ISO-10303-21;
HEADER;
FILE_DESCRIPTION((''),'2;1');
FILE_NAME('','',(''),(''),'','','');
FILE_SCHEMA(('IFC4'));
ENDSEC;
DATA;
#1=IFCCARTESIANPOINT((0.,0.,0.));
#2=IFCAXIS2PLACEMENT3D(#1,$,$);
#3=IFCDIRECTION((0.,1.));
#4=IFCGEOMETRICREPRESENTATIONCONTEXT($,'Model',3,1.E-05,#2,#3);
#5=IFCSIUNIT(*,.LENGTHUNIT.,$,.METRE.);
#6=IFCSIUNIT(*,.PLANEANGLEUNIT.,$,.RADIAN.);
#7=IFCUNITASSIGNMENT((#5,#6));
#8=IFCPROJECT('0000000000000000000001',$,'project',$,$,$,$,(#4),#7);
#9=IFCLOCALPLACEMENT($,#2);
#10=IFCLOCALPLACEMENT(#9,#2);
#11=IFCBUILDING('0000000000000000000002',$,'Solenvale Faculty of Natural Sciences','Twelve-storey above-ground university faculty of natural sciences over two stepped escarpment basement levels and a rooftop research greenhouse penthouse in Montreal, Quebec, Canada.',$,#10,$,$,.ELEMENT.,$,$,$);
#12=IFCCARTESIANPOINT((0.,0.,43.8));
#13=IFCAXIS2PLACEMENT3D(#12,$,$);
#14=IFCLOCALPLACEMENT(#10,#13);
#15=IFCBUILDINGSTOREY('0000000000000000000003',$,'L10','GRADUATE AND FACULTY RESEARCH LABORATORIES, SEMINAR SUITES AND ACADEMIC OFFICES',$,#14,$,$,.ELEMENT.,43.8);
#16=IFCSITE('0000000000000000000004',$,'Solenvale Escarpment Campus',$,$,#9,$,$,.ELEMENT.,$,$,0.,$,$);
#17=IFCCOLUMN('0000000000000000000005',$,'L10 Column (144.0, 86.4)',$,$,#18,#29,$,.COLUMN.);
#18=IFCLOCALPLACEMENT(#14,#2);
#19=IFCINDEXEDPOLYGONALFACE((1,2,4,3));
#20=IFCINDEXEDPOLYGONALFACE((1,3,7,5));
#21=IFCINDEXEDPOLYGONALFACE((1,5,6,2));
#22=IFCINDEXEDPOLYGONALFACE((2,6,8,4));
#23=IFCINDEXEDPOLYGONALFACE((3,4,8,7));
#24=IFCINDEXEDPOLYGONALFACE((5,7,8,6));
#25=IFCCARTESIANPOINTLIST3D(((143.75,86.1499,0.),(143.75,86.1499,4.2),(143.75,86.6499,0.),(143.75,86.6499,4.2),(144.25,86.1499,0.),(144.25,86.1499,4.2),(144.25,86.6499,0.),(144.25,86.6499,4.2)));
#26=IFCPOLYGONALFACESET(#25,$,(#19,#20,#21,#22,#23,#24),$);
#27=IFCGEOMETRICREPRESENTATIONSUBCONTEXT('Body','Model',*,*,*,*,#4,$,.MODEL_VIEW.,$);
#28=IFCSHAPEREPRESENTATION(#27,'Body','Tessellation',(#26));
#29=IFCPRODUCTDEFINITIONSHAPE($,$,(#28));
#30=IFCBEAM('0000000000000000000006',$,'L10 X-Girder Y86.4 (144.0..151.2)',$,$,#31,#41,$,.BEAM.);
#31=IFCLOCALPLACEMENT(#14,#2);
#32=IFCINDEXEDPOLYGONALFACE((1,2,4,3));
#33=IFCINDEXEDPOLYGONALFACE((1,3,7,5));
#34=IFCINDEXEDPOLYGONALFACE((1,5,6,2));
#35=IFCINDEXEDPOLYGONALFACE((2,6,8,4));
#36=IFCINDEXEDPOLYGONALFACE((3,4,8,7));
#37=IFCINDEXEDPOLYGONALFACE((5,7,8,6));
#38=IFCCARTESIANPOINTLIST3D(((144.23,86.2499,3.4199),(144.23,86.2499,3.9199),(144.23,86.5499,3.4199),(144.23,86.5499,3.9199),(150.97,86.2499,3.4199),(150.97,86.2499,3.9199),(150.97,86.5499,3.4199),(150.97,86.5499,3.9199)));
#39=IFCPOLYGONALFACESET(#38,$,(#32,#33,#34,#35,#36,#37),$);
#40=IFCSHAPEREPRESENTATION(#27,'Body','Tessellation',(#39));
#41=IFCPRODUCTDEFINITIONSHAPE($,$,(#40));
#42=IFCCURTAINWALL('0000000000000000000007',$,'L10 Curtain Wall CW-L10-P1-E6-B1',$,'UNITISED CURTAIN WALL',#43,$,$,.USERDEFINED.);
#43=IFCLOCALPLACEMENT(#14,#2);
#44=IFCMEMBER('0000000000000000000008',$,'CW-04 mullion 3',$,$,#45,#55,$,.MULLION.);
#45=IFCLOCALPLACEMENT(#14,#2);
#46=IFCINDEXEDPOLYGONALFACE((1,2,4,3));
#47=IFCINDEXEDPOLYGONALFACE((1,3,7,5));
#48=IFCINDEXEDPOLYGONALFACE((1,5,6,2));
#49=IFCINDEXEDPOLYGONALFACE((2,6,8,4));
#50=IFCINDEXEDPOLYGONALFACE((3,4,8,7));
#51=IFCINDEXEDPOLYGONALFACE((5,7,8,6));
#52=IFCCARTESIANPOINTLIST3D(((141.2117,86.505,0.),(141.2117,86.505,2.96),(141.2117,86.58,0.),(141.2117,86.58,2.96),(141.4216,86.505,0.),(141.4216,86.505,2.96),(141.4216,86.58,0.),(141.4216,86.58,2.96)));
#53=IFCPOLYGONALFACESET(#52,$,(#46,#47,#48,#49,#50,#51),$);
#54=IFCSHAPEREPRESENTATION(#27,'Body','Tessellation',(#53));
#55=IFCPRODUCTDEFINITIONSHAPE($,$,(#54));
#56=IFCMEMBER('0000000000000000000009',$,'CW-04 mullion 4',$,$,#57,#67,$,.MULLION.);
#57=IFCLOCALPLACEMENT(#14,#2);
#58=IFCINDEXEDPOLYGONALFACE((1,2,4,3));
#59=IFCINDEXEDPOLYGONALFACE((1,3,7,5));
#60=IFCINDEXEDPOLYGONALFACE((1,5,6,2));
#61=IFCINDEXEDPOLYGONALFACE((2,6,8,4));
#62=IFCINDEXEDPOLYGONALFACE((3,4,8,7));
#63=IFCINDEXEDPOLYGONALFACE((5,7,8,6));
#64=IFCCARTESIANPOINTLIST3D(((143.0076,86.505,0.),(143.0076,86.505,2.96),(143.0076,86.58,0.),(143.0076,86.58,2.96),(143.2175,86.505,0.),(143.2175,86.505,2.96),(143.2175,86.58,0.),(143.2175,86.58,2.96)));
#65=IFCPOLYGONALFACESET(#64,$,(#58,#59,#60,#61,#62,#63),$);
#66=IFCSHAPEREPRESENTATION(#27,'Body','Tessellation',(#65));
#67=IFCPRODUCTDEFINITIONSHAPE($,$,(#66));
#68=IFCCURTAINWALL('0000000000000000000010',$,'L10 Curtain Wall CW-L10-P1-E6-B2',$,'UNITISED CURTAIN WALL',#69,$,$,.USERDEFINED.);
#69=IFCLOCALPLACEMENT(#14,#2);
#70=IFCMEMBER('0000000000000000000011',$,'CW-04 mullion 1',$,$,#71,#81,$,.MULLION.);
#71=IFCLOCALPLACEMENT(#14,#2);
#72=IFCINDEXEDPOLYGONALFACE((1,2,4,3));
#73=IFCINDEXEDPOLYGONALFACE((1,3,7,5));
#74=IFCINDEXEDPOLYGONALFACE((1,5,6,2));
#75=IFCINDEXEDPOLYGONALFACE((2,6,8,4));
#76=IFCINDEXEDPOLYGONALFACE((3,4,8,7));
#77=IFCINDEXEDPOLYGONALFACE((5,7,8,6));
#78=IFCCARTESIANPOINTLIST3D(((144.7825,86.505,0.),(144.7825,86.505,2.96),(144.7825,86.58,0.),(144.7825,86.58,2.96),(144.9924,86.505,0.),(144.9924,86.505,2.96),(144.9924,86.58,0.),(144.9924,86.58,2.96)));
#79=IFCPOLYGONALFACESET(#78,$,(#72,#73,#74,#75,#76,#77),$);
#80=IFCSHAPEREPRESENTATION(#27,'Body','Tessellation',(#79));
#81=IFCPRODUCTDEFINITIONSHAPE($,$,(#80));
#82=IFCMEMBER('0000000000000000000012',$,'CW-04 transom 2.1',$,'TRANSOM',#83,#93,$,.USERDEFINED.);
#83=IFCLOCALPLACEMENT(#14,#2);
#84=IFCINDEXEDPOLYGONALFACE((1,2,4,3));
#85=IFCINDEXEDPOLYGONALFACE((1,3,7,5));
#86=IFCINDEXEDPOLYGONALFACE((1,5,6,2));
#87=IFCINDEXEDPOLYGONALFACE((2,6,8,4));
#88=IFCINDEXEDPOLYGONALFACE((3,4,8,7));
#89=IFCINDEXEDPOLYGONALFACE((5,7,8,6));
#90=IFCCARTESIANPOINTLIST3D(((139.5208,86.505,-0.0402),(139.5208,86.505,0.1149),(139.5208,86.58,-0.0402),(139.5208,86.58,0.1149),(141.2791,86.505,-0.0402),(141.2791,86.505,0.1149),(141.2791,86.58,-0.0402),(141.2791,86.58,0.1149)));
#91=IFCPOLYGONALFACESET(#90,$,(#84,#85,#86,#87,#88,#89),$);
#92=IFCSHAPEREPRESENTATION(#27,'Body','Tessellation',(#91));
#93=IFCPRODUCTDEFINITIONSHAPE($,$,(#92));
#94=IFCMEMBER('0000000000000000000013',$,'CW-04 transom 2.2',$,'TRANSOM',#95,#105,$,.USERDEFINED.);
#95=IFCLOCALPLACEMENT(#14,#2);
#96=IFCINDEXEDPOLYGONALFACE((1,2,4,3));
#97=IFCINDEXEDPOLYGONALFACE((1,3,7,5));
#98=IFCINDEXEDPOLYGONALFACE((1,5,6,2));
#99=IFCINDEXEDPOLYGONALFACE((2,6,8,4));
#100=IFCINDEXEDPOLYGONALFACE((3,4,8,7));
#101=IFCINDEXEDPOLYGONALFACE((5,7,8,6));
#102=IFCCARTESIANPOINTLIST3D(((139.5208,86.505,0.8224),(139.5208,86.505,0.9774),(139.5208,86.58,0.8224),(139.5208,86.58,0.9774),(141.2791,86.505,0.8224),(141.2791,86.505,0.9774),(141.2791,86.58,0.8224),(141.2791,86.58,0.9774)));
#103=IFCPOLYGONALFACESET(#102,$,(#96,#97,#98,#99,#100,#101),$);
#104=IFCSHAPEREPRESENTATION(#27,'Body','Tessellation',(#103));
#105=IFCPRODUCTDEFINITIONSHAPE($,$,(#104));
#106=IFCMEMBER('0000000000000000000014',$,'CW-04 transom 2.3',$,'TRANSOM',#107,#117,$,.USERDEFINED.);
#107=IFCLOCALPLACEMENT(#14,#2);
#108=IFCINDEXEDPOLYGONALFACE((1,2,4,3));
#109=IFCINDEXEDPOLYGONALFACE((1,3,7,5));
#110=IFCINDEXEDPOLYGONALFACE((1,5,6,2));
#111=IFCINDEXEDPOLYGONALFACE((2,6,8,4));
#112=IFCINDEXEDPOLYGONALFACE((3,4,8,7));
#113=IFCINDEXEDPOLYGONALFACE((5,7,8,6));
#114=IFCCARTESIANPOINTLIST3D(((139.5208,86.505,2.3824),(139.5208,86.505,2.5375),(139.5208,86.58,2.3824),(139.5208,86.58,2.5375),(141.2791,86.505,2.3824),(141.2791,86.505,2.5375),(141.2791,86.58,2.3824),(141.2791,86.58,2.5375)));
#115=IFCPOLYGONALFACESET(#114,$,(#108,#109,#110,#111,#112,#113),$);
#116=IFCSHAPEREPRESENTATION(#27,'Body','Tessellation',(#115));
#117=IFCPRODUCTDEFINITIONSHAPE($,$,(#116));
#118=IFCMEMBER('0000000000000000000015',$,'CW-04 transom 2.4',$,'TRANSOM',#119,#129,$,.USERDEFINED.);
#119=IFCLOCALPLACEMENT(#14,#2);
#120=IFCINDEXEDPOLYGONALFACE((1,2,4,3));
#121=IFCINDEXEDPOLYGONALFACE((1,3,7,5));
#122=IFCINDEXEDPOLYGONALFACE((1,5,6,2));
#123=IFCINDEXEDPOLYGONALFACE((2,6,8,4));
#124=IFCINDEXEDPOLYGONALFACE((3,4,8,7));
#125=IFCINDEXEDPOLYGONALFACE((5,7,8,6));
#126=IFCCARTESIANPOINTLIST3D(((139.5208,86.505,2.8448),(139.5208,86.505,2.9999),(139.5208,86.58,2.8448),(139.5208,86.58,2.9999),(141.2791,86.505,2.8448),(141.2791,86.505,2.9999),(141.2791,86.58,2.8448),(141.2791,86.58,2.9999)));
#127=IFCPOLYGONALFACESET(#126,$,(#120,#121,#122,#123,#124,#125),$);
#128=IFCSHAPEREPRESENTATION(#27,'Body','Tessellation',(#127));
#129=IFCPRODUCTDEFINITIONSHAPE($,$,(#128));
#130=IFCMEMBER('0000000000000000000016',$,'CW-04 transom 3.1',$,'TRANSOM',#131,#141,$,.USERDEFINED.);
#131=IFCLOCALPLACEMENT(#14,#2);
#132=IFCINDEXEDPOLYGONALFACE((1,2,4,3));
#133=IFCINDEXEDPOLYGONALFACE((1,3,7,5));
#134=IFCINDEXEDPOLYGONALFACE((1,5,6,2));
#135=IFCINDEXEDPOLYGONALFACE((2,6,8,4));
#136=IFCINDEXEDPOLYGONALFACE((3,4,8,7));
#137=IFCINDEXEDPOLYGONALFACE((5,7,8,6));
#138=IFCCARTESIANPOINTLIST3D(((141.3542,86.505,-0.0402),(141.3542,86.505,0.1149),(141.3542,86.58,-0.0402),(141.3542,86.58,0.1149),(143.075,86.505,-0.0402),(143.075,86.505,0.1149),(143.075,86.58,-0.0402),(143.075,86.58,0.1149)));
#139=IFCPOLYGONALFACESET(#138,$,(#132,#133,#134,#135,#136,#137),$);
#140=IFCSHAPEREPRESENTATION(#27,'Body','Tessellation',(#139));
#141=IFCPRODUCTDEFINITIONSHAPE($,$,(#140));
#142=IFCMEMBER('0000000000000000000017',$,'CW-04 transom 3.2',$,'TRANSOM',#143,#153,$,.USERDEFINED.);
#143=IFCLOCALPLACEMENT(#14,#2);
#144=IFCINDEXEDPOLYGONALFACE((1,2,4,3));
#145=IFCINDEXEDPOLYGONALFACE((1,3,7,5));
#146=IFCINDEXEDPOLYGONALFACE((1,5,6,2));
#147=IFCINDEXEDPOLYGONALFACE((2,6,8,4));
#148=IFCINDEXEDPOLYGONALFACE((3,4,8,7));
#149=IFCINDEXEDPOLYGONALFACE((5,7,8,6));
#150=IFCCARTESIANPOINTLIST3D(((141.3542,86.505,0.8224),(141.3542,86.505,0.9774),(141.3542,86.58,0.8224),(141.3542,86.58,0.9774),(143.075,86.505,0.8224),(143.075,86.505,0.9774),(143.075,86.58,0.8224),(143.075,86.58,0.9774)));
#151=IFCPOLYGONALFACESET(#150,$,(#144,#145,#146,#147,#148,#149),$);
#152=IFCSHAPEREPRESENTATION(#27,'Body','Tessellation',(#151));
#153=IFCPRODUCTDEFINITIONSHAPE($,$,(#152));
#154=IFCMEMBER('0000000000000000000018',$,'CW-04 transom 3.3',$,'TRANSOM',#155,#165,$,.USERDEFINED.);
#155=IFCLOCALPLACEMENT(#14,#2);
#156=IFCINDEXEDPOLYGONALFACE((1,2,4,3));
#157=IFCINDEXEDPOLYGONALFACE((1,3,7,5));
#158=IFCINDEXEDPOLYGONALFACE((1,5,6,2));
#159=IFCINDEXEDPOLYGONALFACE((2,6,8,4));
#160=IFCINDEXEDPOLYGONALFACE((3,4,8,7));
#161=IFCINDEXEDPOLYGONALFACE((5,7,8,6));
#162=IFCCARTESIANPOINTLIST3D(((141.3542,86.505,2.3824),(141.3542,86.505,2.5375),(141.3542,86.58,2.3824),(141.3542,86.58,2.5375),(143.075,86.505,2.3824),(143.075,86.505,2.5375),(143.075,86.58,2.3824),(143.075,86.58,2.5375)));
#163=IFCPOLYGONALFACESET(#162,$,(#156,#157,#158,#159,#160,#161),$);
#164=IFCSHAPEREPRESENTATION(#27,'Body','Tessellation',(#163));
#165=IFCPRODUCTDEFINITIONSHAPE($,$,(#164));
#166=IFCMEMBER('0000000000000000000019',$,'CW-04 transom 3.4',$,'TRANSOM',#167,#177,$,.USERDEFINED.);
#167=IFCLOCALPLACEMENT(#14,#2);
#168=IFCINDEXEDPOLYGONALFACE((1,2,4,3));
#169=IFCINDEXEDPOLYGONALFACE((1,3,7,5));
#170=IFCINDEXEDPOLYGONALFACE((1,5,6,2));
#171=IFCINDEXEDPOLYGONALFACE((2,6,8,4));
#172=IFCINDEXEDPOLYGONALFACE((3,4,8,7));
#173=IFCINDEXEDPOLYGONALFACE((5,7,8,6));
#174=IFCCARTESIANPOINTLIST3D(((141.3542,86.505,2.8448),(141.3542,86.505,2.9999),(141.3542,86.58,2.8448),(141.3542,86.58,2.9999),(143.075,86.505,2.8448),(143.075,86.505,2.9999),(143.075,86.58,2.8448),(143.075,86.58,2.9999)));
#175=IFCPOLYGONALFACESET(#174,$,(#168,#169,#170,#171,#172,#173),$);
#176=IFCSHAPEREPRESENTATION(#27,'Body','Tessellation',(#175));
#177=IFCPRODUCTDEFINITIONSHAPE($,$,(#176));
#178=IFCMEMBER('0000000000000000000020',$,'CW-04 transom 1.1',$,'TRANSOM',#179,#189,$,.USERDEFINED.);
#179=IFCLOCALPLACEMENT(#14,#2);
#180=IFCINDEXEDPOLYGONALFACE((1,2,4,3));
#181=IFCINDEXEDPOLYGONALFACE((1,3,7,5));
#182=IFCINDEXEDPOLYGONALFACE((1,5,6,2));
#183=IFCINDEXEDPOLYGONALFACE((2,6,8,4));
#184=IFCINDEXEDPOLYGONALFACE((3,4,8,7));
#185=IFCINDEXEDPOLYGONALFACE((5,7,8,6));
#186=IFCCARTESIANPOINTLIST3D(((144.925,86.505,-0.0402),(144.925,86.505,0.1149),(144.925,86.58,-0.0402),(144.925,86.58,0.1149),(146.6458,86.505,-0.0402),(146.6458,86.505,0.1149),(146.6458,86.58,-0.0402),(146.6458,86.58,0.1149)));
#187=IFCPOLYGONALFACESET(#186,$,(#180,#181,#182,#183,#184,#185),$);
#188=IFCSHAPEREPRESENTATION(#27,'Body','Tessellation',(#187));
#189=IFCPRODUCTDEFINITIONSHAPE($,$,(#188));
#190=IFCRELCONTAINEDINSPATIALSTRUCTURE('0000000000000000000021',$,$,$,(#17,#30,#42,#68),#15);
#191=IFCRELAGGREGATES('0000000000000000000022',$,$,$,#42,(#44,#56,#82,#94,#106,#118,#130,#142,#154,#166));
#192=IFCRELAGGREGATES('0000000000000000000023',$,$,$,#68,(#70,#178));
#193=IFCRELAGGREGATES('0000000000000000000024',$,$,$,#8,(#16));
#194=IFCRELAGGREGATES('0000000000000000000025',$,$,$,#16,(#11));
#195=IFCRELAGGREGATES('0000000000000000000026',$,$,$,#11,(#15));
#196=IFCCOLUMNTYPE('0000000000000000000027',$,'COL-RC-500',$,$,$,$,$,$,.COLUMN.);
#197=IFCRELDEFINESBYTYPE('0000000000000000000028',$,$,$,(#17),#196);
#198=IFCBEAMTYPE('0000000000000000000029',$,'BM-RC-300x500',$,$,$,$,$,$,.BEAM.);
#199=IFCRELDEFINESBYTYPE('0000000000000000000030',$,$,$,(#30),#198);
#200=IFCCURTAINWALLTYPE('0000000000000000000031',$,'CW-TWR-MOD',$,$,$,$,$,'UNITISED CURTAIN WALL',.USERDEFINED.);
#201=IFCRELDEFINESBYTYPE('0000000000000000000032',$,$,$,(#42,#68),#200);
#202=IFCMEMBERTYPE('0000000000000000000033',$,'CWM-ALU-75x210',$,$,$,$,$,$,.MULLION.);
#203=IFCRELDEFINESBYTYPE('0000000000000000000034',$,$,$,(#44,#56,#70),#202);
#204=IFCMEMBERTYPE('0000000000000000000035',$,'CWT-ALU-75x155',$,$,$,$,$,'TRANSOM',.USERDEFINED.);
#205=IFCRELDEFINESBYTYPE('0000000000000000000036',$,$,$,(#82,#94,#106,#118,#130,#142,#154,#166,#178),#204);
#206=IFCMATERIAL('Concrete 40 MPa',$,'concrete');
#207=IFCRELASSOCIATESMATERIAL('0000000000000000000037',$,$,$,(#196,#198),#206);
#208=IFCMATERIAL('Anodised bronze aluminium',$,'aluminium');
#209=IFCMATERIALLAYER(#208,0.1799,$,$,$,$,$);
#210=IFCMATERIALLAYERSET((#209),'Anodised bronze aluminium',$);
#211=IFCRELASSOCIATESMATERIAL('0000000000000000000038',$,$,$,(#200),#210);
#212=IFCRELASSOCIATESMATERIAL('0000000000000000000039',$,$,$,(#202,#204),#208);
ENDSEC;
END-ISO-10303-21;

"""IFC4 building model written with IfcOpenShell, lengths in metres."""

from ifc_helpers import new_model, si_unit, direction, frame, origin, origin_2d, place, context, subcontext, project, spatial, rectangle, extrude, material, layer, layer_set, material_profile, profile_set, type_object, element, aggregate, save


model = new_model("IFC4")

# Units and contexts
model_context = context("Model", 3, precision=1e-05, world=origin(), true_north=direction((0.0, 1.0)))
body_context = subcontext(model_context, "Body", "Model", "MODEL_VIEW")
ifc_project = project(units=[si_unit("LENGTHUNIT", "METRE"), si_unit("PLANEANGLEUNIT", "RADIAN")], contexts=[model_context])

# Site, building, storey
site_placement = place(None, origin())
site = spatial("IfcSite", under=ifc_project, at=site_placement, Name="Solenvale Escarpment Campus", CompositionType="ELEMENT", RefElevation=0.0)
building_placement = place(site_placement, origin())
building = spatial("IfcBuilding", under=site, at=building_placement, Name="Solenvale Faculty of Natural Sciences", Description="Twelve-storey above-ground university faculty of natural sciences over two stepped escarpment basement levels and a rooftop research greenhouse penthouse in Montreal, Quebec, Canada.", CompositionType="ELEMENT")
storey_placement = place(building_placement, frame((0.0, 0.0, 43.8)))
storey = spatial("IfcBuildingStorey", under=building, at=storey_placement, Name="L10", Description="GRADUATE AND FACULTY RESEARCH LABORATORIES, SEMINAR SUITES AND ACADEMIC OFFICES", CompositionType="ELEMENT", Elevation=43.8)

# Column
ifc_material_1 = material(Name="Concrete 40 MPa", Category="concrete")
ifc_material_profile_1 = material_profile(ifc_material_1, rectangle(XDim=0.5, YDim=0.5, at=origin_2d()), Name="RC-COL-500x500")
ifc_profile_set_1 = profile_set([ifc_material_profile_1], Name="Concrete 40 MPa")
column_type = type_object("IfcColumnType", Name="COL-RC-500", PredefinedType="COLUMN", material=ifc_profile_set_1)
column_placement = place(storey_placement, frame((144.0, 86.3999, 0.0), z_axis=(0.0, 0.0, 1.0), x_axis=(1.0, 0.0, 0.0)))
element("IfcColumn", 1, at=column_placement, inside=storey, type_object=column_type, Name="L10 Column (144.0, 86.4)", PredefinedType="COLUMN", context=body_context, shape_type="SweptSolid", body=[
    extrude(rectangle(XDim=0.5, YDim=0.5, at=origin_2d()), origin(), (0.0, 0.0, 1.0), 4.2),
])

# Beam
ifc_material_profile_2 = material_profile(ifc_material_1, rectangle(XDim=0.3, YDim=0.5, at=origin_2d()), Name="RC-BM-300x500")
ifc_profile_set_2 = profile_set([ifc_material_profile_2], Name="Concrete 40 MPa")
beam_type = type_object("IfcBeamType", Name="BM-RC-300x500", PredefinedType="BEAM", material=ifc_profile_set_2)
beam_placement = place(storey_placement, frame((144.23, 86.3999, 3.6699), z_axis=(1.0, 0.0, 0.0), x_axis=(0.0, 1.0, 0.0)))
element("IfcBeam", 2, at=beam_placement, inside=storey, type_object=beam_type, Name="L10 X-Girder Y86.4 (144.0..151.2)", PredefinedType="BEAM", context=body_context, shape_type="SweptSolid", body=[
    extrude(rectangle(XDim=0.3, YDim=0.5, at=origin_2d()), origin(), (0.0, 0.0, 1.0), 6.74),
])

# Curtain wall, members
ifc_material_2 = material(Name="Anodised bronze aluminium", Category="aluminium")
ifc_layer_1 = layer(ifc_material_2, 0.1799)
ifc_layer_set_1 = layer_set([ifc_layer_1], Name="Anodised bronze aluminium")
curtain_wall_type = type_object("IfcCurtainWallType", Name="CW-TWR-MOD", ElementType="UNITISED CURTAIN WALL", PredefinedType="USERDEFINED", material=ifc_layer_set_1)
curtain_wall_1_placement = place(storey_placement, origin())
curtain_wall_1 = element("IfcCurtainWall", 3, at=curtain_wall_1_placement, inside=storey, type_object=curtain_wall_type, Name="L10 Curtain Wall CW-L10-P1-E6-B1", ObjectType="UNITISED CURTAIN WALL", PredefinedType="USERDEFINED")
ifc_material_profile_3 = material_profile(ifc_material_2, rectangle(XDim=0.075, YDim=0.21, at=origin_2d()), Name="ALU-MUL-75x210")
ifc_profile_set_3 = profile_set([ifc_material_profile_3], Name="Anodised bronze aluminium")
member_type_1 = type_object("IfcMemberType", Name="CWM-ALU-75x210", PredefinedType="MULLION", material=ifc_profile_set_3)
member_1_placement = place(storey_placement, frame((141.3167, 86.5425, 0.0), z_axis=(0.0, 0.0, 1.0), x_axis=(0.0, 1.0, 0.0)))
member_1 = element("IfcMember", 4, at=member_1_placement, type_object=member_type_1, Name="CW-04 mullion 3", PredefinedType="MULLION", context=body_context, shape_type="SweptSolid", body=[
    extrude(rectangle(XDim=0.075, YDim=0.21, at=origin_2d()), origin(), (0.0, 0.0, 1.0), 2.96),
])
member_2_placement = place(storey_placement, frame((143.1125, 86.5425, 0.0), z_axis=(0.0, 0.0, 1.0), x_axis=(0.0, 1.0, 0.0)))
member_2 = element("IfcMember", 5, at=member_2_placement, type_object=member_type_1, Name="CW-04 mullion 4", PredefinedType="MULLION", context=body_context, shape_type="SweptSolid", body=[
    extrude(rectangle(XDim=0.075, YDim=0.21, at=origin_2d()), origin(), (0.0, 0.0, 1.0), 2.96),
])

# Curtain wall, member
curtain_wall_2_placement = place(storey_placement, origin())
curtain_wall_2 = element("IfcCurtainWall", 6, at=curtain_wall_2_placement, inside=storey, type_object=curtain_wall_type, Name="L10 Curtain Wall CW-L10-P1-E6-B2", ObjectType="UNITISED CURTAIN WALL", PredefinedType="USERDEFINED")
member_3_placement = place(storey_placement, frame((144.8875, 86.5425, 0.0), z_axis=(0.0, 0.0, 1.0), x_axis=(0.0, 1.0, 0.0)))
member_3 = element("IfcMember", 7, at=member_3_placement, type_object=member_type_1, Name="CW-04 mullion 1", PredefinedType="MULLION", context=body_context, shape_type="SweptSolid", body=[
    extrude(rectangle(XDim=0.075, YDim=0.21, at=origin_2d()), origin(), (0.0, 0.0, 1.0), 2.96),
])

# Members
ifc_material_profile_4 = material_profile(ifc_material_2, rectangle(XDim=0.075, YDim=0.155, at=origin_2d()), Name="ALU-TRN-75x155")
ifc_profile_set_4 = profile_set([ifc_material_profile_4], Name="Anodised bronze aluminium")
member_type_2 = type_object("IfcMemberType", Name="CWT-ALU-75x155", ElementType="TRANSOM", PredefinedType="USERDEFINED", material=ifc_profile_set_4)
member_4_placement = place(storey_placement, frame((139.5208, 86.5425, 0.0374), z_axis=(1.0, 0.0, 0.0), x_axis=(0.0, 1.0, 0.0)))
member_4 = element("IfcMember", 8, at=member_4_placement, type_object=member_type_2, Name="CW-04 transom 2.1", ObjectType="TRANSOM", PredefinedType="USERDEFINED", context=body_context, shape_type="SweptSolid", body=[
    extrude(rectangle(XDim=0.075, YDim=0.155, at=origin_2d()), origin(), (0.0, 0.0, 1.0), 1.7583),
])
member_5_placement = place(storey_placement, frame((139.5208, 86.5425, 0.8999), z_axis=(1.0, 0.0, 0.0), x_axis=(0.0, 1.0, 0.0)))
member_5 = element("IfcMember", 9, at=member_5_placement, type_object=member_type_2, Name="CW-04 transom 2.2", ObjectType="TRANSOM", PredefinedType="USERDEFINED", context=body_context, shape_type="SweptSolid", body=[
    extrude(rectangle(XDim=0.075, YDim=0.155, at=origin_2d()), origin(), (0.0, 0.0, 1.0), 1.7583),
])
member_6_placement = place(storey_placement, frame((139.5208, 86.5425, 2.46), z_axis=(1.0, 0.0, 0.0), x_axis=(0.0, 1.0, 0.0)))
member_6 = element("IfcMember", 10, at=member_6_placement, type_object=member_type_2, Name="CW-04 transom 2.3", ObjectType="TRANSOM", PredefinedType="USERDEFINED", context=body_context, shape_type="SweptSolid", body=[
    extrude(rectangle(XDim=0.075, YDim=0.155, at=origin_2d()), origin(), (0.0, 0.0, 1.0), 1.7583),
])
member_7_placement = place(storey_placement, frame((139.5208, 86.5425, 2.9224), z_axis=(1.0, 0.0, 0.0), x_axis=(0.0, 1.0, 0.0)))
member_7 = element("IfcMember", 11, at=member_7_placement, type_object=member_type_2, Name="CW-04 transom 2.4", ObjectType="TRANSOM", PredefinedType="USERDEFINED", context=body_context, shape_type="SweptSolid", body=[
    extrude(rectangle(XDim=0.075, YDim=0.155, at=origin_2d()), origin(), (0.0, 0.0, 1.0), 1.7583),
])
member_8_placement = place(storey_placement, frame((141.3542, 86.5425, 0.0374), z_axis=(1.0, 0.0, 0.0), x_axis=(0.0, 1.0, 0.0)))
member_8 = element("IfcMember", 12, at=member_8_placement, type_object=member_type_2, Name="CW-04 transom 3.1", ObjectType="TRANSOM", PredefinedType="USERDEFINED", context=body_context, shape_type="SweptSolid", body=[
    extrude(rectangle(XDim=0.075, YDim=0.155, at=origin_2d()), origin(), (0.0, 0.0, 1.0), 1.7207),
])
member_9_placement = place(storey_placement, frame((141.3542, 86.5425, 0.8999), z_axis=(1.0, 0.0, 0.0), x_axis=(0.0, 1.0, 0.0)))
member_9 = element("IfcMember", 13, at=member_9_placement, type_object=member_type_2, Name="CW-04 transom 3.2", ObjectType="TRANSOM", PredefinedType="USERDEFINED", context=body_context, shape_type="SweptSolid", body=[
    extrude(rectangle(XDim=0.075, YDim=0.155, at=origin_2d()), origin(), (0.0, 0.0, 1.0), 1.7207),
])
member_10_placement = place(storey_placement, frame((141.3542, 86.5425, 2.46), z_axis=(1.0, 0.0, 0.0), x_axis=(0.0, 1.0, 0.0)))
member_10 = element("IfcMember", 14, at=member_10_placement, type_object=member_type_2, Name="CW-04 transom 3.3", ObjectType="TRANSOM", PredefinedType="USERDEFINED", context=body_context, shape_type="SweptSolid", body=[
    extrude(rectangle(XDim=0.075, YDim=0.155, at=origin_2d()), origin(), (0.0, 0.0, 1.0), 1.7207),
])
member_11_placement = place(storey_placement, frame((141.3542, 86.5425, 2.9224), z_axis=(1.0, 0.0, 0.0), x_axis=(0.0, 1.0, 0.0)))
member_11 = element("IfcMember", 15, at=member_11_placement, type_object=member_type_2, Name="CW-04 transom 3.4", ObjectType="TRANSOM", PredefinedType="USERDEFINED", context=body_context, shape_type="SweptSolid", body=[
    extrude(rectangle(XDim=0.075, YDim=0.155, at=origin_2d()), origin(), (0.0, 0.0, 1.0), 1.7207),
])
member_12_placement = place(storey_placement, frame((144.925, 86.5425, 0.0374), z_axis=(1.0, 0.0, 0.0), x_axis=(0.0, 1.0, 0.0)))
member_12 = element("IfcMember", 16, at=member_12_placement, type_object=member_type_2, Name="CW-04 transom 1.1", ObjectType="TRANSOM", PredefinedType="USERDEFINED", context=body_context, shape_type="SweptSolid", body=[
    extrude(rectangle(XDim=0.075, YDim=0.155, at=origin_2d()), origin(), (0.0, 0.0, 1.0), 1.7207),
])

aggregate(curtain_wall_1, [member_1, member_2, member_4, member_5, member_6, member_7, member_8, member_9, member_10, member_11])
aggregate(curtain_wall_2, [member_3, member_12])

save(model, "model.ifc")
